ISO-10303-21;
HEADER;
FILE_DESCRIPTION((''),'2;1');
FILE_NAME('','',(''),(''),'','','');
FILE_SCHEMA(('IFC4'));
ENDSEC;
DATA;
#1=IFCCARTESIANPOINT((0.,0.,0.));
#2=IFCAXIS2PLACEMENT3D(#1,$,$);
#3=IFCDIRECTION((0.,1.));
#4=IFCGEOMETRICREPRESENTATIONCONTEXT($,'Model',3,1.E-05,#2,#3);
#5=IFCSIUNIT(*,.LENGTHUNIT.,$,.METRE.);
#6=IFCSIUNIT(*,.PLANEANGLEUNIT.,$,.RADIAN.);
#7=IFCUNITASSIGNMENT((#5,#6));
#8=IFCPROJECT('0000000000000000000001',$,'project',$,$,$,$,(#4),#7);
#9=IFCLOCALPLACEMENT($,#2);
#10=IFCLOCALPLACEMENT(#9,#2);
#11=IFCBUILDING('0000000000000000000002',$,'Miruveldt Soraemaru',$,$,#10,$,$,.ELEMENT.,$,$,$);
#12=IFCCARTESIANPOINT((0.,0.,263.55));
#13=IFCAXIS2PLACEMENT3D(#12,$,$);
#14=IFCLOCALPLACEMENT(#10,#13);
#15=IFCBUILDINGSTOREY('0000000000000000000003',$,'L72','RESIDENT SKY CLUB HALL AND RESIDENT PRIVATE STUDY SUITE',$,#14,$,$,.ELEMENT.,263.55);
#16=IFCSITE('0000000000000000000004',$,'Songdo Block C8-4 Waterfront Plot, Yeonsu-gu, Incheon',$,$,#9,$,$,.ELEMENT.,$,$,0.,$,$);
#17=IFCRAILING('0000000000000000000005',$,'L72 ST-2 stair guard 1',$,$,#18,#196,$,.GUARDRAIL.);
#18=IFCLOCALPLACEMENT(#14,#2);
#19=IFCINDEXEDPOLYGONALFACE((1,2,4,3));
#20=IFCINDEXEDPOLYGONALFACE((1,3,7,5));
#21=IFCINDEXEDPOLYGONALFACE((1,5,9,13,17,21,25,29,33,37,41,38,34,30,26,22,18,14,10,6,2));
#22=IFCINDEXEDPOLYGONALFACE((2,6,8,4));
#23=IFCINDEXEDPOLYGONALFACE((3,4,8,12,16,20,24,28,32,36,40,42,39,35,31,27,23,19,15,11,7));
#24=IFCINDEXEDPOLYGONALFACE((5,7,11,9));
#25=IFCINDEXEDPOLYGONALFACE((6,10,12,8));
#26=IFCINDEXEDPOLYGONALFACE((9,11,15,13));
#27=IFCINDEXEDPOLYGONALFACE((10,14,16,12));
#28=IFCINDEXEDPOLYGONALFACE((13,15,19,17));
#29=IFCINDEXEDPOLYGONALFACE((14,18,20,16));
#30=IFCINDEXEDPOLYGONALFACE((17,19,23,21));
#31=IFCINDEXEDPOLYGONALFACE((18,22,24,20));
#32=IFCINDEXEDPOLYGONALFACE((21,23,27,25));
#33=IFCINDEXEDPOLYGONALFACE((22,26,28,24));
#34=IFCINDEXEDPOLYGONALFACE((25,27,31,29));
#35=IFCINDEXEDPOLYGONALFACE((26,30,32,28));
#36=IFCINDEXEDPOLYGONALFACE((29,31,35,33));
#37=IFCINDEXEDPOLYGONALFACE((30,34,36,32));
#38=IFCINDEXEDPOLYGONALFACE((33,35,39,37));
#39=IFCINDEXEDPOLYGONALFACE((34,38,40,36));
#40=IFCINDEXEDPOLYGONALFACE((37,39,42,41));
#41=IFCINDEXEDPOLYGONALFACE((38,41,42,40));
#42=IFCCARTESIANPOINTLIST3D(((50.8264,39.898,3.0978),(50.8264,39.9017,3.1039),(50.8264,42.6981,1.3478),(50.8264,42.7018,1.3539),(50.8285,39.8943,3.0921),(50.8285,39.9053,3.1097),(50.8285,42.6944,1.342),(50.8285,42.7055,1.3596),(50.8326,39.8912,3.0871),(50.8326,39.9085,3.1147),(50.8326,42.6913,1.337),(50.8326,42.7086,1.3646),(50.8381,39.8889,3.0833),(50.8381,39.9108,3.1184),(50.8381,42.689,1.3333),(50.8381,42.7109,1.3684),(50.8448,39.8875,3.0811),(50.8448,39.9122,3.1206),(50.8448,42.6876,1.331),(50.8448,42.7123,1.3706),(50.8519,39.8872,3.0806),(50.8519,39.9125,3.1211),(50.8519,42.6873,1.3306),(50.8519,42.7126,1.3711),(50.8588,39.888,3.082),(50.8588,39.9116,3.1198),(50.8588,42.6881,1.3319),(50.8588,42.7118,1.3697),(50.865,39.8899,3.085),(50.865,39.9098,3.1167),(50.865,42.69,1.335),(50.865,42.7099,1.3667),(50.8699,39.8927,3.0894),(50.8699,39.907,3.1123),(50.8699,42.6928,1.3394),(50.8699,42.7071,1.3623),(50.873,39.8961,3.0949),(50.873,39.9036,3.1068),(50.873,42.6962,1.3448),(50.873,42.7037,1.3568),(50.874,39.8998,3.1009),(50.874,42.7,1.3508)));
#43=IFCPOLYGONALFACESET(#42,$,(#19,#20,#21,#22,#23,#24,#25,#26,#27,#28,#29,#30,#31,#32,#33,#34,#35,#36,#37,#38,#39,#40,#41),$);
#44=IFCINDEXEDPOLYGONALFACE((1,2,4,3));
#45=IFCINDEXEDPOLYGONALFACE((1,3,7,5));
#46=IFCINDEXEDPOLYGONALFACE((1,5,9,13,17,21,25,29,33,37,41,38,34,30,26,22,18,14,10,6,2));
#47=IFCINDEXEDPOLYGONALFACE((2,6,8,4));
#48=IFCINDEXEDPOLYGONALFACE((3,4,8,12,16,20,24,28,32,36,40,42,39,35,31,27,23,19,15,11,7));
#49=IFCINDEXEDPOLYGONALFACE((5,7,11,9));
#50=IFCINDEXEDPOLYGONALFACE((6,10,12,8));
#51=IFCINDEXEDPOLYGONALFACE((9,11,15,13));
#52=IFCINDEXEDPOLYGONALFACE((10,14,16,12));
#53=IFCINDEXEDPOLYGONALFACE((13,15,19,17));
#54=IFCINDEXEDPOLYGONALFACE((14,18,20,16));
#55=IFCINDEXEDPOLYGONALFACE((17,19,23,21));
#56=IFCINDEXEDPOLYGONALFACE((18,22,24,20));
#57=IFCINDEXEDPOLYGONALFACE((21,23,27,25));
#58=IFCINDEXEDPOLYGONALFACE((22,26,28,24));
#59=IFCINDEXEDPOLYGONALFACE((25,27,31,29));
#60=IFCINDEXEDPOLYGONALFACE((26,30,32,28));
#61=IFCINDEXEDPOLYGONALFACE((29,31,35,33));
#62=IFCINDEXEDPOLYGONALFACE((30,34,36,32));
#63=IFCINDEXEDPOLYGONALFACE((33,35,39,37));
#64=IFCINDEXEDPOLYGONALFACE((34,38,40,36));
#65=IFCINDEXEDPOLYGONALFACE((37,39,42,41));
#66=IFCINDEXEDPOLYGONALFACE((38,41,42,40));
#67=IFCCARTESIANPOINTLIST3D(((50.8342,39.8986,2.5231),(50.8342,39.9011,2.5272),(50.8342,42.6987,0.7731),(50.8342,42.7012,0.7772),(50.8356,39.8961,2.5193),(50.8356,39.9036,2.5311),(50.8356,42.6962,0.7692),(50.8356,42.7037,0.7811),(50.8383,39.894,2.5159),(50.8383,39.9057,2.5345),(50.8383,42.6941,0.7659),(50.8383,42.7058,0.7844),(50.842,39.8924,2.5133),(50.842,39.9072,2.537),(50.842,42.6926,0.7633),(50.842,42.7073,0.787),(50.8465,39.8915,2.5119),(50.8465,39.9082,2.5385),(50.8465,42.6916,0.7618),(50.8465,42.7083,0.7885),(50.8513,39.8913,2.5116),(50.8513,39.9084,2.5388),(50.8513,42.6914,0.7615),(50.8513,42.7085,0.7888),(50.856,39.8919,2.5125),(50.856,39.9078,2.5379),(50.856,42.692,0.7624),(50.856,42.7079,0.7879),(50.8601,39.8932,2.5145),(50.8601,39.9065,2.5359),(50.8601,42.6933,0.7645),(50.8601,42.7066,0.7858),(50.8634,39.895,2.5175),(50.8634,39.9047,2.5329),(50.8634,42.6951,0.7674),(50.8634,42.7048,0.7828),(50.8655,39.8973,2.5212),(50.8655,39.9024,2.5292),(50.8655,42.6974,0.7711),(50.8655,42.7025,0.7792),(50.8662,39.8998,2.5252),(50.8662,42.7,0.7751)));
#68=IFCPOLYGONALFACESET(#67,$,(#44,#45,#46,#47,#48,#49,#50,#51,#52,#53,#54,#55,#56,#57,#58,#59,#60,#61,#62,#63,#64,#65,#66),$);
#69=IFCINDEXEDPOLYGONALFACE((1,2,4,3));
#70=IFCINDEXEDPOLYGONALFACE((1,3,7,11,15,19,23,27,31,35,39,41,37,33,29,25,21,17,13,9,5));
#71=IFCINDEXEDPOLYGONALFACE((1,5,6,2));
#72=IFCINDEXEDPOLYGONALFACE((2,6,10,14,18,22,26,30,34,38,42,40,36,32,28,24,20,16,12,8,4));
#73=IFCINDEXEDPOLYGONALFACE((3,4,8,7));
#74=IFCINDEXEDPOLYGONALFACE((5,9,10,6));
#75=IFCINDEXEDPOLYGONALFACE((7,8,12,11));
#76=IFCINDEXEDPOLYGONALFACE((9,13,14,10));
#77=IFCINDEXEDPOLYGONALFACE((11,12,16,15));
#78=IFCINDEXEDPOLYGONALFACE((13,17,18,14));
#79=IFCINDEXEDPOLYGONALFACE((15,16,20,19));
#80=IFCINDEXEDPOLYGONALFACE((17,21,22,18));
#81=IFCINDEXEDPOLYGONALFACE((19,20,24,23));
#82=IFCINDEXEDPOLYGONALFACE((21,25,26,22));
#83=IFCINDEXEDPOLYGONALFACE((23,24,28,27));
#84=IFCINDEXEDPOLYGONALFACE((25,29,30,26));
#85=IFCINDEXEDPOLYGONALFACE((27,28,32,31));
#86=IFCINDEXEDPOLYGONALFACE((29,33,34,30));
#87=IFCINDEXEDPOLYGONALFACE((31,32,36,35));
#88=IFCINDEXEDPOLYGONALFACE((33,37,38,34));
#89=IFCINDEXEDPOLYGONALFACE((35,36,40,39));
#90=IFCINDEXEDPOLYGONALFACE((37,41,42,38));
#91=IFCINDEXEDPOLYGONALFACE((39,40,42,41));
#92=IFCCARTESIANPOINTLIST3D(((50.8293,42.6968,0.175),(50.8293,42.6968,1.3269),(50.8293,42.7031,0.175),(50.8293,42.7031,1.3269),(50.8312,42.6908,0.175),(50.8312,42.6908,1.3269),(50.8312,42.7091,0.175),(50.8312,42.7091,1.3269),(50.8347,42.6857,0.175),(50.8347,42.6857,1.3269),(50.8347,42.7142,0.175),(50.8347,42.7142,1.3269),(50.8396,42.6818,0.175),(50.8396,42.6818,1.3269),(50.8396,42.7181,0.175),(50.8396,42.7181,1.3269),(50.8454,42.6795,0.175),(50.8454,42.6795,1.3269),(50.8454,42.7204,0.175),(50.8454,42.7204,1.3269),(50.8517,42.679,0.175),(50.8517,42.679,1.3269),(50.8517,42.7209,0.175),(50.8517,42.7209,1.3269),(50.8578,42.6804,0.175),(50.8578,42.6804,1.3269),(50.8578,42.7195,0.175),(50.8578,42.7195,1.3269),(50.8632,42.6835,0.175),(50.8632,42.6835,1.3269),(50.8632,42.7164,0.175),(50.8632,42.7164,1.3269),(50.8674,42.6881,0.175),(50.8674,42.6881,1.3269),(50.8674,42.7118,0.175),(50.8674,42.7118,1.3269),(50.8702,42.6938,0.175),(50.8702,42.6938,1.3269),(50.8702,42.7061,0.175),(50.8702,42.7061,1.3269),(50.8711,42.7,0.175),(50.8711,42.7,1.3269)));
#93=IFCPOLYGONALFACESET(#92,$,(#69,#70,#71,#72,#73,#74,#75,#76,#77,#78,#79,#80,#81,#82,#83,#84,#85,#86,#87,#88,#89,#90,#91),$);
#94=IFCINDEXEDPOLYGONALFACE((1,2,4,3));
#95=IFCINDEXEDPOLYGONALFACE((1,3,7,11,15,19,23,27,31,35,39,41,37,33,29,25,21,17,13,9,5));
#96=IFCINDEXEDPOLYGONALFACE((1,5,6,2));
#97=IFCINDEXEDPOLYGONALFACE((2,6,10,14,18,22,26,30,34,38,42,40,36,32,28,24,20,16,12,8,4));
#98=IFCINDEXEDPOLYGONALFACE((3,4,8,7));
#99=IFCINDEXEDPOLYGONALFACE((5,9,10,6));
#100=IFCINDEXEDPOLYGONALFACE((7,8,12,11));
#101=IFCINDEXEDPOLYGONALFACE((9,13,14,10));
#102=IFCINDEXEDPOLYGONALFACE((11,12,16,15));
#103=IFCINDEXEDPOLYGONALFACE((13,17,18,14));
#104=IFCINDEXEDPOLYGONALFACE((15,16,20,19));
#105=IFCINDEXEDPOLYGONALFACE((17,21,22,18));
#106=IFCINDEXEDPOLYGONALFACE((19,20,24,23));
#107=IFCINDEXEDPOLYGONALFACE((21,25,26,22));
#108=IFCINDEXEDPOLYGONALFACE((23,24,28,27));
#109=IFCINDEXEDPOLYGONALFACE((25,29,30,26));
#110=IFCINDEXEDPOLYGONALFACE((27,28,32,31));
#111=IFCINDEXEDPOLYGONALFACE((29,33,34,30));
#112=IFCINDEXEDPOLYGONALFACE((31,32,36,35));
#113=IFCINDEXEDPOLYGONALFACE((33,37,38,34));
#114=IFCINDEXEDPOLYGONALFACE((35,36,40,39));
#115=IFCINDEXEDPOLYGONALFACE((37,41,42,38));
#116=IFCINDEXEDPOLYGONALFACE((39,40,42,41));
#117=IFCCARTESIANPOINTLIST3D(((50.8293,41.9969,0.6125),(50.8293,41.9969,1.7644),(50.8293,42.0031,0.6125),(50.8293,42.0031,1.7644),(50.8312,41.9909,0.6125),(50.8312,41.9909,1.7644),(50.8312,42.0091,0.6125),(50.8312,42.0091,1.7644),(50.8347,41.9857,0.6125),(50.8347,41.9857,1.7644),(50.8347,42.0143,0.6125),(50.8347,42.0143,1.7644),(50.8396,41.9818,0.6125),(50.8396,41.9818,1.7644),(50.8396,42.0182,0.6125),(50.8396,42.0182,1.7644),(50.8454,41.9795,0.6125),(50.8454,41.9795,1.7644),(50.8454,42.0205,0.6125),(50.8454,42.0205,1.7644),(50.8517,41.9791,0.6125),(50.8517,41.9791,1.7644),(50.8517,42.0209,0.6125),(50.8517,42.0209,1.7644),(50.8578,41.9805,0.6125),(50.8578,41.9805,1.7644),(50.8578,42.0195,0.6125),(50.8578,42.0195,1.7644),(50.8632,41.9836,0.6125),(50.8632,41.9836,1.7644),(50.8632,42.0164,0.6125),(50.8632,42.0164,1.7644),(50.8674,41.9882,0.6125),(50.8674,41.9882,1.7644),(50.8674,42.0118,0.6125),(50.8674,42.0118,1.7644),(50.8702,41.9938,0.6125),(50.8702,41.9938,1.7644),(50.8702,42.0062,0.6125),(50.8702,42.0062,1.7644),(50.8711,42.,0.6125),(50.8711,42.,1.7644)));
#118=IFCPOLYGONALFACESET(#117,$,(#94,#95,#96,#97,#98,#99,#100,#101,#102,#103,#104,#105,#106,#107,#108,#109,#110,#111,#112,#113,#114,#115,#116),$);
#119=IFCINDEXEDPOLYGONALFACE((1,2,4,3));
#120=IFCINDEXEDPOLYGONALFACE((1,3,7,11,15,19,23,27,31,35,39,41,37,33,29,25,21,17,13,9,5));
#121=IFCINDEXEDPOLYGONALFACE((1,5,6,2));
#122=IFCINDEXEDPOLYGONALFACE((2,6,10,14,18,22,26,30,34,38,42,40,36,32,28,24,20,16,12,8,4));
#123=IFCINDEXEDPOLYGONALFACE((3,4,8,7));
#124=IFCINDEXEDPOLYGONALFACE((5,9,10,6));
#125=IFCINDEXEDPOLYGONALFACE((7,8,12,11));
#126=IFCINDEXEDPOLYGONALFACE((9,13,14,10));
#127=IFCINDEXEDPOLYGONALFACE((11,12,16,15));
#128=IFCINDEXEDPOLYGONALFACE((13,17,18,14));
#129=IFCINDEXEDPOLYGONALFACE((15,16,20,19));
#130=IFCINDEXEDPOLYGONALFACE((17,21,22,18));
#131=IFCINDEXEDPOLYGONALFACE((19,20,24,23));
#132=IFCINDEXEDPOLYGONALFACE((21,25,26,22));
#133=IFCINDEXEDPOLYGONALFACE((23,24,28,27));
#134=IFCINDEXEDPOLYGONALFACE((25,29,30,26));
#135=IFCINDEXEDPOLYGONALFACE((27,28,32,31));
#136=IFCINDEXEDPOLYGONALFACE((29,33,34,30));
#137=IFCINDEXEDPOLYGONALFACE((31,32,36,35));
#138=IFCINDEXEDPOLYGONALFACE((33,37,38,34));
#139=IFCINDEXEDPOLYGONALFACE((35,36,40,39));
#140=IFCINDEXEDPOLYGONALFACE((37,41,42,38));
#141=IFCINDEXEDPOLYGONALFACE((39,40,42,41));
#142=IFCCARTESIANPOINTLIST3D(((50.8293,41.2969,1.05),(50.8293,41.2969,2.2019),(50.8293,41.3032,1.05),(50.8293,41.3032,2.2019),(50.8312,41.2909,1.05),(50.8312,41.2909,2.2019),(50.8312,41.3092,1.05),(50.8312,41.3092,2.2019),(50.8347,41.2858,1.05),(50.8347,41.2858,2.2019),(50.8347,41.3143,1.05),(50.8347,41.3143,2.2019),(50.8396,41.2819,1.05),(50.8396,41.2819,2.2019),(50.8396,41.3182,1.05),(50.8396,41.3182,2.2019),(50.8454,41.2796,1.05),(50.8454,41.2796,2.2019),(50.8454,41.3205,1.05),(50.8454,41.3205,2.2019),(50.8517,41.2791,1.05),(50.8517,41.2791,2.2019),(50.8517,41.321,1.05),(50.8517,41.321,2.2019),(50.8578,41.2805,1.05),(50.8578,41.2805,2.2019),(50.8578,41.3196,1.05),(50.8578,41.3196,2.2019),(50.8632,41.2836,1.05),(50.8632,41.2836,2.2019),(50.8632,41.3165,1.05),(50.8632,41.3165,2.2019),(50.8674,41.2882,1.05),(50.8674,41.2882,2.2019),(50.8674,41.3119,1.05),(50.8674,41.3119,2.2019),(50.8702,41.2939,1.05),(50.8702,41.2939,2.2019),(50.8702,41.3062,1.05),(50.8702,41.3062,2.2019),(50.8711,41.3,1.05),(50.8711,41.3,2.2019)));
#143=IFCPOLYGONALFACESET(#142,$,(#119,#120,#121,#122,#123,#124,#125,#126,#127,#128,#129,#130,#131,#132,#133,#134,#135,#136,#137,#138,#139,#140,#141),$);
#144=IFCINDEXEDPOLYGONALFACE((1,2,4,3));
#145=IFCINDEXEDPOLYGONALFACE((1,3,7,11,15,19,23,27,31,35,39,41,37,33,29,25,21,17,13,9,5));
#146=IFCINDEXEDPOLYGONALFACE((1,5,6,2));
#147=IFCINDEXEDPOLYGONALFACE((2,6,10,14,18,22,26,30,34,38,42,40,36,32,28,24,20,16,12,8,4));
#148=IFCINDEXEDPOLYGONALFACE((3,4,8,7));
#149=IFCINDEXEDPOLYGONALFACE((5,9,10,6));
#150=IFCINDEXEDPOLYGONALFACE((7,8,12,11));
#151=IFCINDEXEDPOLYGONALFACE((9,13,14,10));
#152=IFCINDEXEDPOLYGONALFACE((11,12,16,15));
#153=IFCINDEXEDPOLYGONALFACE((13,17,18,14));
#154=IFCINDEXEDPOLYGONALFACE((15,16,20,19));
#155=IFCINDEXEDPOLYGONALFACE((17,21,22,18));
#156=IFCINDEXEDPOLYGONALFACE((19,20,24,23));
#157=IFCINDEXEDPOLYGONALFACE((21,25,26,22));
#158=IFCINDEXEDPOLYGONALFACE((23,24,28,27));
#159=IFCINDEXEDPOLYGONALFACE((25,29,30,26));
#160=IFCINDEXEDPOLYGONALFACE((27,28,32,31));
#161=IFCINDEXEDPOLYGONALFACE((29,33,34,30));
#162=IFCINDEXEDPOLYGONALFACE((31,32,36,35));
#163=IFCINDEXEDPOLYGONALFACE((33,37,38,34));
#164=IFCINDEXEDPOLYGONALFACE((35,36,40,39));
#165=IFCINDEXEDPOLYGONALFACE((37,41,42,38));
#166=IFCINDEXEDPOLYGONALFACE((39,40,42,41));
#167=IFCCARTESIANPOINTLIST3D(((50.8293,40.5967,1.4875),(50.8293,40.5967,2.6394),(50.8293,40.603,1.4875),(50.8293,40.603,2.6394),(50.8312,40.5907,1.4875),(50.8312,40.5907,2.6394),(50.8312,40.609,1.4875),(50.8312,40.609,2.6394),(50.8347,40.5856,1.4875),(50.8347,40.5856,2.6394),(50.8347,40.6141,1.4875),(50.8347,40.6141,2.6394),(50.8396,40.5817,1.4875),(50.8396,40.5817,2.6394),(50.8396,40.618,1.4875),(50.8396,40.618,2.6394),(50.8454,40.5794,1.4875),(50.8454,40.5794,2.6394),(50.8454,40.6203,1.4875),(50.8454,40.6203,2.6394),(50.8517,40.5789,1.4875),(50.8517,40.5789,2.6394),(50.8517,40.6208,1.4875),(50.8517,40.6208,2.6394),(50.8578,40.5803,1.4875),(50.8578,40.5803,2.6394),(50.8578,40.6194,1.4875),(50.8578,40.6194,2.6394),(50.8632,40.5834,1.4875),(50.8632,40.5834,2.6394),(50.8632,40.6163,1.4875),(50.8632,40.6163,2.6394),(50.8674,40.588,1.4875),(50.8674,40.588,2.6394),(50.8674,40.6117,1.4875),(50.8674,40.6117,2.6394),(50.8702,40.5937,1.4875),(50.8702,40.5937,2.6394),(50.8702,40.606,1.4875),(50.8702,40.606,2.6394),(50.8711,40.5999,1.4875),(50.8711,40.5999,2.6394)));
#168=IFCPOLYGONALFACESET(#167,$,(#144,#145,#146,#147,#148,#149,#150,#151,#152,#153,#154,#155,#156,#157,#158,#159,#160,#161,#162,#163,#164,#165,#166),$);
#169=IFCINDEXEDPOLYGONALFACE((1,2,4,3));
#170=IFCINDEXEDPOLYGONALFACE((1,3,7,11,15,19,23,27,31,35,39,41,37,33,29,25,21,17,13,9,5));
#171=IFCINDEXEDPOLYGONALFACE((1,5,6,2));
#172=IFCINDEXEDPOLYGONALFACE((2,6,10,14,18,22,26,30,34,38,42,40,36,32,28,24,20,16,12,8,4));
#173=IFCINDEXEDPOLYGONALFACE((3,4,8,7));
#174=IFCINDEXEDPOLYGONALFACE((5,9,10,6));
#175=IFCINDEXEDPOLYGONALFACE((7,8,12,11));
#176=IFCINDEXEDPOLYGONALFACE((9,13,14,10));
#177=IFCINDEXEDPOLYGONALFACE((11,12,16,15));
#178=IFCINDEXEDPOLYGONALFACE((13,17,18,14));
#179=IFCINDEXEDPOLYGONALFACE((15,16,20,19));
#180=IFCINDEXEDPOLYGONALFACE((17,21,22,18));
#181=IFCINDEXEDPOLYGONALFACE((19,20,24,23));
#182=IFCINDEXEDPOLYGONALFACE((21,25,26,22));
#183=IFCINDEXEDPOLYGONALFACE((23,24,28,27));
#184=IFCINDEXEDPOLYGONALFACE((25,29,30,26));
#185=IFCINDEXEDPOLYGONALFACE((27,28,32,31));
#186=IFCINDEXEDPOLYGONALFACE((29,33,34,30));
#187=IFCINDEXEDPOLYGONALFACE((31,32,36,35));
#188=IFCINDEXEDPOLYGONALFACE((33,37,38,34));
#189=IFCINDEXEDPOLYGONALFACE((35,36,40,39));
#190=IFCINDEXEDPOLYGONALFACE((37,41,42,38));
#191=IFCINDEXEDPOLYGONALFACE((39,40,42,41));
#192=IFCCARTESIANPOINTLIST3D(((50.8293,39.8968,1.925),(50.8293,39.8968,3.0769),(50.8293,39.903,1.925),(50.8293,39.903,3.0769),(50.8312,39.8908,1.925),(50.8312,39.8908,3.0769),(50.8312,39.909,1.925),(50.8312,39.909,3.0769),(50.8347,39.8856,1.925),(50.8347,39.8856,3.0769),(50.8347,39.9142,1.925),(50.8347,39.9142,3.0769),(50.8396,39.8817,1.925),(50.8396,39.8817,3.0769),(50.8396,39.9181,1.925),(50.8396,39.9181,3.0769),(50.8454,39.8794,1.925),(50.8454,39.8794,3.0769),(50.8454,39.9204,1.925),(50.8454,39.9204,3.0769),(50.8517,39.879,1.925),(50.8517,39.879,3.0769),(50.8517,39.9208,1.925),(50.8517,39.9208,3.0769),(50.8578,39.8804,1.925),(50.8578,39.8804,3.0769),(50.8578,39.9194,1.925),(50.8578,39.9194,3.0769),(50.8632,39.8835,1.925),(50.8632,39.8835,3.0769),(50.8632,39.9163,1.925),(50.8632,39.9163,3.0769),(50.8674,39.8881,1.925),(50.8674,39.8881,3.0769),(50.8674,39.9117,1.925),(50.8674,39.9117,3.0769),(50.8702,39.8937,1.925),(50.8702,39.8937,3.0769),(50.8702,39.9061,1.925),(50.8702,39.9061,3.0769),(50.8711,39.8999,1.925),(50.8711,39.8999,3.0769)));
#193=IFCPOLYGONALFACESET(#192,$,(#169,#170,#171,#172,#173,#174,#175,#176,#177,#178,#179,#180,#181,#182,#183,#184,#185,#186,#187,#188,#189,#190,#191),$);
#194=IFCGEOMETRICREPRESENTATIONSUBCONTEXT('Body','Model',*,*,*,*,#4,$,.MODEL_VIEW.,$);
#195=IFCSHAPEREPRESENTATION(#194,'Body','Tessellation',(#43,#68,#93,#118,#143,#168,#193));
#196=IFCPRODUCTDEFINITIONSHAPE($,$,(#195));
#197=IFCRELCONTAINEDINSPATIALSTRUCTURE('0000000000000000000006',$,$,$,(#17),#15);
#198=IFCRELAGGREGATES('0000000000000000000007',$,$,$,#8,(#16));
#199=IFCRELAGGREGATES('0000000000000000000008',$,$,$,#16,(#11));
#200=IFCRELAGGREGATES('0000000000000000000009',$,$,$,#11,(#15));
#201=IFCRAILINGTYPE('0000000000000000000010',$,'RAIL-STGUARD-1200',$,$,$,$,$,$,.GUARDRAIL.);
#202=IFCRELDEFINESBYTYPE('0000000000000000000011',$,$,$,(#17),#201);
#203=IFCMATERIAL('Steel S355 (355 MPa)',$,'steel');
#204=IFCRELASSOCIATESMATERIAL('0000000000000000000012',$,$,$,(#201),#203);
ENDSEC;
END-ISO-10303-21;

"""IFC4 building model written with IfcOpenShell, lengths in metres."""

from ifc_helpers import new_model, si_unit, direction, frame, origin, origin_2d, place, context, subcontext, project, spatial, circle, extrude, material, type_object, element, save


model = new_model("IFC4")

# Units and contexts
model_context = context("Model", 3, precision=1e-05, world=origin(), true_north=direction((0.0, 1.0)))
body_context = subcontext(model_context, "Body", "Model", "MODEL_VIEW")
ifc_project = project(units=[si_unit("LENGTHUNIT", "METRE"), si_unit("PLANEANGLEUNIT", "RADIAN")], contexts=[model_context])

# Site, building, storey
site_placement = place(None, origin())
site = spatial("IfcSite", under=ifc_project, at=site_placement, Name="Songdo Block C8-4 Waterfront Plot, Yeonsu-gu, Incheon", CompositionType="ELEMENT", RefElevation=0.0)
building_placement = place(site_placement, origin())
building = spatial("IfcBuilding", under=site, at=building_placement, Name="Miruveldt Soraemaru", CompositionType="ELEMENT")
storey_placement = place(building_placement, frame((0.0, 0.0, 263.55)))
storey = spatial("IfcBuildingStorey", under=building, at=storey_placement, Name="L72", Description="RESIDENT SKY CLUB HALL AND RESIDENT PRIVATE STUDY SUITE", CompositionType="ELEMENT", Elevation=263.55)

# Railing
ifc_material_1 = material(Name="Steel S355 (355 MPa)", Category="steel")
railing_type_1 = type_object("IfcRailingType", Name="RAIL-STGUARD-1200", PredefinedType="GUARDRAIL", material=ifc_material_1)
railing_1_placement = place(storey_placement, frame((50.8501, 42.7, 0.175)))
element("IfcRailing", 1, at=railing_1_placement, inside=storey, type_object=railing_type_1, Name="L72 ST-2 stair guard 1", PredefinedType="GUARDRAIL", context=body_context, shape_type="SweptSolid", body=[
    extrude(circle(Radius=0.0239, at=origin_2d()), frame((0.0, 0.0, 1.1758), z_axis=(0.0, -0.848002, 0.529992), x_axis=(1.0, 0.0, 0.0)), (0.0, 0.0, 1.0), 3.302),
    extrude(circle(Radius=0.0161, at=origin_2d()), frame((0.0, 0.0, 0.6001), z_axis=(0.0, -0.848002, 0.529992), x_axis=(1.0, 0.0, 0.0)), (0.0, 0.0, 1.0), 3.302),
    extrude(circle(Radius=0.021, at=origin_2d()), origin(), (0.0, 0.0, 1.0), 1.1519),
    extrude(circle(Radius=0.021, at=origin_2d()), frame((0.0, -0.7, 0.4375)), (0.0, 0.0, 1.0), 1.1519),
    extrude(circle(Radius=0.021, at=origin_2d()), frame((0.0, -1.3999, 0.875)), (0.0, 0.0, 1.0), 1.1519),
    extrude(circle(Radius=0.021, at=origin_2d()), frame((0.0, -2.1001, 1.3125)), (0.0, 0.0, 1.0), 1.1519),
    extrude(circle(Radius=0.021, at=origin_2d()), frame((0.0, -2.8, 1.75)), (0.0, 0.0, 1.0), 1.1519),
])

save(model, "model.ifc")
